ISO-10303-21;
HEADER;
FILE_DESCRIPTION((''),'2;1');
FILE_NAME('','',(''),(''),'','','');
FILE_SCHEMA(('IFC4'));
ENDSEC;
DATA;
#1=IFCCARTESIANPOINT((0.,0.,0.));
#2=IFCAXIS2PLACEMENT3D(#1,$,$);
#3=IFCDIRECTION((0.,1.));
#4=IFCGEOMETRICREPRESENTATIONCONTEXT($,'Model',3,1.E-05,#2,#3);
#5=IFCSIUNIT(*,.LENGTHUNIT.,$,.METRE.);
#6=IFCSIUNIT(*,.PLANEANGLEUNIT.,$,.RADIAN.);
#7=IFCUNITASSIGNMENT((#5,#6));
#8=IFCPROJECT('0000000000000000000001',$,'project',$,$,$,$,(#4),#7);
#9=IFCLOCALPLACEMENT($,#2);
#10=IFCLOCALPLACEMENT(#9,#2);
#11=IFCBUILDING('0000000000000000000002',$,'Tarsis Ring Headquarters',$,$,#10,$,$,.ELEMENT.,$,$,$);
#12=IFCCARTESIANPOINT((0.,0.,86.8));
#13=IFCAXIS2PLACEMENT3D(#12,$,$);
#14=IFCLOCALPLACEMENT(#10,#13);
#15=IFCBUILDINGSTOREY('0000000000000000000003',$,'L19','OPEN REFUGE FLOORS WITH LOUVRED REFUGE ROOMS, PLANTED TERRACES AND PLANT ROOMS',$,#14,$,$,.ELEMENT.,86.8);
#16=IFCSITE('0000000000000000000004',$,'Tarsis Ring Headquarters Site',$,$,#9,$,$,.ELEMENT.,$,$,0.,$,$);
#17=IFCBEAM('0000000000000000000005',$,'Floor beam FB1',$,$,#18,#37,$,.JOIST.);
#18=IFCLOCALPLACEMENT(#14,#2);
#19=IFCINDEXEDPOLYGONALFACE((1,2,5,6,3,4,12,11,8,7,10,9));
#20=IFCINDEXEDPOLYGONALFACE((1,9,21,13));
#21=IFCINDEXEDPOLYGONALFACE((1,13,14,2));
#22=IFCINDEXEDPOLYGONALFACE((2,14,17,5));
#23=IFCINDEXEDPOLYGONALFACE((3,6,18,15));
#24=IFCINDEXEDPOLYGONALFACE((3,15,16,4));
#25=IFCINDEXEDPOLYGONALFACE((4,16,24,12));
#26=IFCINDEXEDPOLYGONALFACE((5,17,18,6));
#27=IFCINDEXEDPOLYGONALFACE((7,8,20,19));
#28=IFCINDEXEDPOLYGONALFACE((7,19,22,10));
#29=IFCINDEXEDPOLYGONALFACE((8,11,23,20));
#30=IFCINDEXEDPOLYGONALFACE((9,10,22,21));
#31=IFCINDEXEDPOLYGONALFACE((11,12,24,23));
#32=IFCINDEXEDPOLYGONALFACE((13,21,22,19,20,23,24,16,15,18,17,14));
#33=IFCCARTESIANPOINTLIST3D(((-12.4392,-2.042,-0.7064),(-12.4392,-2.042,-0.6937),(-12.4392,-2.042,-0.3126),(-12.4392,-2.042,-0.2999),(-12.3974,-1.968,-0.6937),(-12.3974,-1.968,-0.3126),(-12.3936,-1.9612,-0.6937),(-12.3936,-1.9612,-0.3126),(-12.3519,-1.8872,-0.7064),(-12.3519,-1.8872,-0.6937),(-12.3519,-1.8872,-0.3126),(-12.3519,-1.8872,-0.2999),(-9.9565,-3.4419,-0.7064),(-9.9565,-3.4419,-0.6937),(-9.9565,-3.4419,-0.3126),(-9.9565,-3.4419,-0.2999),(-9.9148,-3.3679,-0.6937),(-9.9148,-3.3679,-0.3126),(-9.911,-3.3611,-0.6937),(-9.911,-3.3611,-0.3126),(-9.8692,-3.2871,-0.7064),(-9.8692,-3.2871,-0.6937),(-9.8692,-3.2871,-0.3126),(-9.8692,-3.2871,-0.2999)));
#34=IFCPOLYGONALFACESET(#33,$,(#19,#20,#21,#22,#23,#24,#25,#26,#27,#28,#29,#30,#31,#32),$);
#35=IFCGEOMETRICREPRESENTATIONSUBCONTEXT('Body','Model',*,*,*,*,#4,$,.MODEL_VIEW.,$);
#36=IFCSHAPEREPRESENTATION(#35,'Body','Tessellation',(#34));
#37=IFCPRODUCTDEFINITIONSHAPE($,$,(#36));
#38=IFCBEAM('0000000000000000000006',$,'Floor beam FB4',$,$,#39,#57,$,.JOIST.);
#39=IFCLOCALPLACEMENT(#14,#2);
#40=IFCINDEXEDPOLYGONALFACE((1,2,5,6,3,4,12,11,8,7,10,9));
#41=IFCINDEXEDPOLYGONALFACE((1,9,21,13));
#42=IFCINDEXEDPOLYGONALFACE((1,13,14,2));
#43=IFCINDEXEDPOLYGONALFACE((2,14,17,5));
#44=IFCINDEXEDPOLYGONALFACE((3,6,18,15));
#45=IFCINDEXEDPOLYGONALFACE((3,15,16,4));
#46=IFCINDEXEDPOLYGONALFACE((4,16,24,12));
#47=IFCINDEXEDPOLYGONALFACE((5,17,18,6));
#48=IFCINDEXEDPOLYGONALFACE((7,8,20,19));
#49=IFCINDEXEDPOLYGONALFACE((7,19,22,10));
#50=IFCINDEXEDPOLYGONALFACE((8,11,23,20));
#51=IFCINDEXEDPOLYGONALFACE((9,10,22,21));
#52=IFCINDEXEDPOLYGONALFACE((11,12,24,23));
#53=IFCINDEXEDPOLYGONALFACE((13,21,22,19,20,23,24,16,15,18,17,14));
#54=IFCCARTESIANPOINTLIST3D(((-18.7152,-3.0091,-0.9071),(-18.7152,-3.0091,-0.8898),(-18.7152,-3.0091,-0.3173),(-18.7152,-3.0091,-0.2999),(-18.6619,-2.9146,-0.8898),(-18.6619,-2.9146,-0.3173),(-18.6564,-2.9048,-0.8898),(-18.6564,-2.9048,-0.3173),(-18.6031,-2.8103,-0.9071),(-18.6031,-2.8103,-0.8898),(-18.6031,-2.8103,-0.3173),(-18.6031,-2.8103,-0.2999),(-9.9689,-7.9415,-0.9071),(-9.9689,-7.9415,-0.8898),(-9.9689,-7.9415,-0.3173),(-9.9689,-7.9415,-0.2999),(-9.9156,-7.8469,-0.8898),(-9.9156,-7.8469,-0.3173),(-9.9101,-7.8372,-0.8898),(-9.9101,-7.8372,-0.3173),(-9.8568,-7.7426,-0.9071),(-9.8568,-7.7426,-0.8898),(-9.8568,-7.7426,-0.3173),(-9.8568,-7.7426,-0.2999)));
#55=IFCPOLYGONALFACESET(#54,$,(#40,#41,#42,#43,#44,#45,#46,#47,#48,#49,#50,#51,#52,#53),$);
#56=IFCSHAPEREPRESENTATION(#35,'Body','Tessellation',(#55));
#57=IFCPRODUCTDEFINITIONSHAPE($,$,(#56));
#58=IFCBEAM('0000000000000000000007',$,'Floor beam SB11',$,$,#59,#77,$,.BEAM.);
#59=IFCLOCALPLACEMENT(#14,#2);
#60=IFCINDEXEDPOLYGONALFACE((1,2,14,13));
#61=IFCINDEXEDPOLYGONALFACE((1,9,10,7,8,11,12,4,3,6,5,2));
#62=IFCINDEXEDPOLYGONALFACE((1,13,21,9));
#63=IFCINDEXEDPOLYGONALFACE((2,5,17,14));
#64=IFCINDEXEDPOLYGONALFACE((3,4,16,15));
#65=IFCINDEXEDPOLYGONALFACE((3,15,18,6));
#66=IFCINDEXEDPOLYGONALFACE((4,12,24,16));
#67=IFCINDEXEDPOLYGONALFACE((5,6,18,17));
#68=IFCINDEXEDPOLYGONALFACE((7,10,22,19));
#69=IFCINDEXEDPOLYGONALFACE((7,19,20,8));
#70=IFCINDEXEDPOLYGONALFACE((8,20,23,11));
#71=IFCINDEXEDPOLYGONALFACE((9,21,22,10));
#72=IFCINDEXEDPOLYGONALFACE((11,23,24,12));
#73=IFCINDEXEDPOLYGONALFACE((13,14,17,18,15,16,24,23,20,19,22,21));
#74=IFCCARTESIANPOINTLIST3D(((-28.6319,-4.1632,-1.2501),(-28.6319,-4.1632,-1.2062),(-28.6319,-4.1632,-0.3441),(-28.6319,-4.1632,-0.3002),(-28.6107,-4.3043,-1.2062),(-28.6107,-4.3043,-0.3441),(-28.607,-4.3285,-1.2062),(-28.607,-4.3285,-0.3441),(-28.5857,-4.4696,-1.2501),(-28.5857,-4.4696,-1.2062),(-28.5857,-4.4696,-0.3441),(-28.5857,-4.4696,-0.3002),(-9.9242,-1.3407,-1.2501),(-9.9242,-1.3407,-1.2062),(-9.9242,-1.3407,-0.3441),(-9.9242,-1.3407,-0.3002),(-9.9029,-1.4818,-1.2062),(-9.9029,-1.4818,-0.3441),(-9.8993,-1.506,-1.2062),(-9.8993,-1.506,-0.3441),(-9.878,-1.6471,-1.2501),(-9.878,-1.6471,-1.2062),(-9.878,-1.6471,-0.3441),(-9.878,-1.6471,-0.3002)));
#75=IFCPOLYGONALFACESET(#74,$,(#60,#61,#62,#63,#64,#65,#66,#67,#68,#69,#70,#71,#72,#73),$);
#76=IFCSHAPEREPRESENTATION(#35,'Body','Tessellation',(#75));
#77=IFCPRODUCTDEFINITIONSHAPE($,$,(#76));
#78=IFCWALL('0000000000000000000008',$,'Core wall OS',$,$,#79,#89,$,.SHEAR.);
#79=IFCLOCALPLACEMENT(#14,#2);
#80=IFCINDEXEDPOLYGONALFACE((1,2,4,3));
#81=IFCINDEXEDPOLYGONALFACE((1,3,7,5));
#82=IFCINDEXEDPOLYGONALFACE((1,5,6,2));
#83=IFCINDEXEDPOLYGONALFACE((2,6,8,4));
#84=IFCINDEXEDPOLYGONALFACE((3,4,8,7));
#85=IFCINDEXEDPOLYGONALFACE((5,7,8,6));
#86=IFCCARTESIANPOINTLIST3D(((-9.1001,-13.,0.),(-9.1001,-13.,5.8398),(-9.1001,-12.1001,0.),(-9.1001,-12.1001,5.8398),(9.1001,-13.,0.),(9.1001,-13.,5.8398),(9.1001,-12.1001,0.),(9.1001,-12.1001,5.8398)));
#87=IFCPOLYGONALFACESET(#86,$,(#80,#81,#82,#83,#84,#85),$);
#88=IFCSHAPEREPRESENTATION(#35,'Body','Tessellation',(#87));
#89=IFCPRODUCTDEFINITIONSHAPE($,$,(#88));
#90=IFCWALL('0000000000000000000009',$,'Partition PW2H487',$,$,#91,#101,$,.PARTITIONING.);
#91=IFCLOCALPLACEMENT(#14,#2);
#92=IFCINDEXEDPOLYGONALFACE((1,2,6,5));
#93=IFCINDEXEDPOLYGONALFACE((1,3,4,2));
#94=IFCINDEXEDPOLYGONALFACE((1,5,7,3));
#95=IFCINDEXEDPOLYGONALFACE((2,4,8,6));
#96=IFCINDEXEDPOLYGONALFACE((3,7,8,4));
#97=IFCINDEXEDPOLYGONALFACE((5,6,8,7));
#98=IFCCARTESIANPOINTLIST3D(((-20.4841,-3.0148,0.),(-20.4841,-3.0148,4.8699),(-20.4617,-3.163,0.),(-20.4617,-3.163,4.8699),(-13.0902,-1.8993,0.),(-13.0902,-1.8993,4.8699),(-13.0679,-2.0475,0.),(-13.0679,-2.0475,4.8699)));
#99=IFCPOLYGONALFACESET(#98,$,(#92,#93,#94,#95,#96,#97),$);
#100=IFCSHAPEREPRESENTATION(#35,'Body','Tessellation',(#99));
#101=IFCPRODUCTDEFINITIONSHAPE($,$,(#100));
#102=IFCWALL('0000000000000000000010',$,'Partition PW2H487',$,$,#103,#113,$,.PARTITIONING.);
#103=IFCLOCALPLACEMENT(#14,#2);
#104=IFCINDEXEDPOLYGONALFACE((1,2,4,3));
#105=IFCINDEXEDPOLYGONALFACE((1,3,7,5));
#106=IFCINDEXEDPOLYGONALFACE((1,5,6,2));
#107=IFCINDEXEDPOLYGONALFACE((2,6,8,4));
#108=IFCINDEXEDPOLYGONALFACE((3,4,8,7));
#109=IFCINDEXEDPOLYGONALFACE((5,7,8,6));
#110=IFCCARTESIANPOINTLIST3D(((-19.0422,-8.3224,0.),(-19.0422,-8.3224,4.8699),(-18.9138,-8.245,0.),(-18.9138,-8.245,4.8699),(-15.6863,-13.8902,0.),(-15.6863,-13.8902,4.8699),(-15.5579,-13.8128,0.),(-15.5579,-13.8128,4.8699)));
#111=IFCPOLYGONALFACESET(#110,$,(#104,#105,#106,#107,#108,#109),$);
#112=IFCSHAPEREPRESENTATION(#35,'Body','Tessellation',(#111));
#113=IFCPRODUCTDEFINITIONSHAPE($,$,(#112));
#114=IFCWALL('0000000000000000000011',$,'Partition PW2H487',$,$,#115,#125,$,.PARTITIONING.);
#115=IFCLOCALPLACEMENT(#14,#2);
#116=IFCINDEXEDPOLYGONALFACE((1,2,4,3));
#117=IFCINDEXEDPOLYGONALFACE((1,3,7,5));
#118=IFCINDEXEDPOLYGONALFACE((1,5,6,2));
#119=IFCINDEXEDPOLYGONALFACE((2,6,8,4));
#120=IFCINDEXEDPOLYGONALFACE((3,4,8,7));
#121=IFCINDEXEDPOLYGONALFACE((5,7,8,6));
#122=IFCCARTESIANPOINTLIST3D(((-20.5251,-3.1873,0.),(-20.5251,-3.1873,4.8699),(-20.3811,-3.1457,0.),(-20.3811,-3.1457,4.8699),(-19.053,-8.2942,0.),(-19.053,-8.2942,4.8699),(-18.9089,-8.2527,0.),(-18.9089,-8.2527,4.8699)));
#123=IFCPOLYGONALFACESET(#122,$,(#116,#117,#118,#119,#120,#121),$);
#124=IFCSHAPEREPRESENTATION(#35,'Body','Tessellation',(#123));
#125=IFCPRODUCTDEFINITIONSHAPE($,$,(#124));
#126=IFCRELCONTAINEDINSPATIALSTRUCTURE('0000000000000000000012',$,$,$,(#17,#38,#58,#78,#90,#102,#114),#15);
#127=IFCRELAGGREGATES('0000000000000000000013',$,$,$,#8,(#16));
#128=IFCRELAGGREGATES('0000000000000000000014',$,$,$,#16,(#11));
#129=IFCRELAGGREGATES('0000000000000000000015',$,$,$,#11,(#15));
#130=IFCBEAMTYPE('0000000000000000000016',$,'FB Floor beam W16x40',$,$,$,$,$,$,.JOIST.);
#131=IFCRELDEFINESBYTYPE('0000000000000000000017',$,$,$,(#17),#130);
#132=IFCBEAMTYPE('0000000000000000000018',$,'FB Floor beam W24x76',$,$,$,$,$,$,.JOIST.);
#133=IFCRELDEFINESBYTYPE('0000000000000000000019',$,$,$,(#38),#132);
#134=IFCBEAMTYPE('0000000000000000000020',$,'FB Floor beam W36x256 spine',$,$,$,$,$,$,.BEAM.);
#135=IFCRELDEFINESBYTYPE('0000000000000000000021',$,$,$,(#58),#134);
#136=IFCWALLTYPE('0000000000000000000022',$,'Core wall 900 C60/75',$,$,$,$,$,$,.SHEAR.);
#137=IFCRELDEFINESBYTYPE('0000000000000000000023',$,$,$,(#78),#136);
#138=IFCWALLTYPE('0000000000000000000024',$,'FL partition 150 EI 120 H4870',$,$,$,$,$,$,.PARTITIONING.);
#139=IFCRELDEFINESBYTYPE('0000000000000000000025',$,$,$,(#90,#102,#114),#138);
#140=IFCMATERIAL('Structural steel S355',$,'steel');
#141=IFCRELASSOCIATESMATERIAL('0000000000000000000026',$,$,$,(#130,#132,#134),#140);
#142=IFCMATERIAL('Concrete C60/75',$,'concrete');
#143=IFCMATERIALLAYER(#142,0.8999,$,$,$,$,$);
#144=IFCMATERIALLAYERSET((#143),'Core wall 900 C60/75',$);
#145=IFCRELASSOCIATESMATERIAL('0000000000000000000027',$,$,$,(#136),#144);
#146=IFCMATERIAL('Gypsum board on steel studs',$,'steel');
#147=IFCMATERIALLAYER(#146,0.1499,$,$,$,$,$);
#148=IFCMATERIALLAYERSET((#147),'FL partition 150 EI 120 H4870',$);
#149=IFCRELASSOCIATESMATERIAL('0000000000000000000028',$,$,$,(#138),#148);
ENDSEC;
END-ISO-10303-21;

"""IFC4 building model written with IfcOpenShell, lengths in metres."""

from ifc_helpers import new_model, si_unit, direction, frame, frame_2d, origin, origin_2d, place, context, subcontext, project, spatial, rectangle, i_section, extrude, material, layer, layer_set, material_profile, profile_set, type_object, element, save


model = new_model("IFC4")

# Units and contexts
model_context = context("Model", 3, precision=1e-05, world=origin(), true_north=direction((0.0, 1.0)))
body_context = subcontext(model_context, "Body", "Model", "MODEL_VIEW")
ifc_project = project(units=[si_unit("LENGTHUNIT", "METRE"), si_unit("PLANEANGLEUNIT", "RADIAN")], contexts=[model_context])

# Site, building, storey
site_placement = place(None, origin())
site = spatial("IfcSite", under=ifc_project, at=site_placement, Name="Tarsis Ring Headquarters Site", CompositionType="ELEMENT", RefElevation=0.0)
building_placement = place(site_placement, origin())
building = spatial("IfcBuilding", under=site, at=building_placement, Name="Tarsis Ring Headquarters", CompositionType="ELEMENT")
storey_placement = place(building_placement, frame((0.0, 0.0, 86.8)))
storey = spatial("IfcBuildingStorey", under=building, at=storey_placement, Name="L19", Description="OPEN REFUGE FLOORS WITH LOUVRED REFUGE ROOMS, PLANTED TERRACES AND PLANT ROOMS", CompositionType="ELEMENT", Elevation=86.8)

# Beams
ifc_material_1 = material(Name="Structural steel S355", Category="steel")
ifc_material_profile_1 = material_profile(ifc_material_1, i_section(OverallWidth=0.1777, OverallDepth=0.4065, WebThickness=0.0078, FlangeThickness=0.0127, at=origin_2d()), Name="W16x40")
ifc_profile_set_1 = profile_set([ifc_material_profile_1], Name="Structural steel S355")
beam_type_1 = type_object("IfcBeamType", Name="FB Floor beam W16x40", PredefinedType="JOIST", material=ifc_profile_set_1)
beam_1_placement = place(storey_placement, frame((-12.3955, -1.9646, -0.5032), z_axis=(0.871065, -0.491168, 0.0), x_axis=(0.491168, 0.871065, 0.0)))
element("IfcBeam", 1, at=beam_1_placement, inside=storey, type_object=beam_type_1, Name="Floor beam FB1", PredefinedType="JOIST", context=body_context, shape_type="SweptSolid", body=[
    extrude(i_section(OverallWidth=0.1777, OverallDepth=0.4065, WebThickness=0.0078, FlangeThickness=0.0127, at=origin_2d()), origin(), (0.0, 0.0, 1.0), 2.8501),
])
ifc_material_profile_2 = material_profile(ifc_material_1, i_section(OverallWidth=0.2283, OverallDepth=0.6072, WebThickness=0.0112, FlangeThickness=0.0173, at=origin_2d()), Name="W24x76")
ifc_profile_set_2 = profile_set([ifc_material_profile_2], Name="Structural steel S355")
beam_type_2 = type_object("IfcBeamType", Name="FB Floor beam W24x76", PredefinedType="JOIST", material=ifc_profile_set_2)
beam_2_placement = place(storey_placement, frame((-18.6592, -2.9097, -0.6035), z_axis=(0.871041, -0.491211, 0.0), x_axis=(0.491211, 0.871041, 0.0)))
element("IfcBeam", 2, at=beam_2_placement, inside=storey, type_object=beam_type_2, Name="Floor beam FB4", PredefinedType="JOIST", context=body_context, shape_type="SweptSolid", body=[
    extrude(i_section(OverallWidth=0.2283, OverallDepth=0.6072, WebThickness=0.0112, FlangeThickness=0.0173, at=origin_2d()), origin(), (0.0, 0.0, 1.0), 10.0413),
])
ifc_material_profile_3 = material_profile(ifc_material_1, i_section(OverallWidth=0.3098, OverallDepth=0.95, WebThickness=0.0244, FlangeThickness=0.0439, at=origin_2d()), Name="W36x256")
ifc_profile_set_3 = profile_set([ifc_material_profile_3], Name="Structural steel S355")
beam_type_3 = type_object("IfcBeamType", Name="FB Floor beam W36x256 spine", PredefinedType="BEAM", material=ifc_profile_set_3)
beam_3_placement = place(storey_placement, frame((-9.9011, -1.4939, -0.7751), z_axis=(-0.988809, -0.149185, 0.0), x_axis=(0.149185, -0.988809, 0.0)))
element("IfcBeam", 3, at=beam_3_placement, inside=storey, type_object=beam_type_3, Name="Floor beam SB11", PredefinedType="BEAM", context=body_context, shape_type="SweptSolid", body=[
    extrude(i_section(OverallWidth=0.3098, OverallDepth=0.95, WebThickness=0.0244, FlangeThickness=0.0439, at=origin_2d()), origin(), (0.0, 0.0, 1.0), 18.9194),
])

# Walls
ifc_material_2 = material(Name="Concrete C60/75", Category="concrete")
ifc_layer_1 = layer(ifc_material_2, 0.8999)
ifc_layer_set_1 = layer_set([ifc_layer_1], Name="Core wall 900 C60/75")
wall_type_1 = type_object("IfcWallType", Name="Core wall 900 C60/75", PredefinedType="SHEAR", material=ifc_layer_set_1)
wall_1_placement = place(storey_placement, frame((-9.1001, -12.55, 0.0), z_axis=(0.0, 0.0, 1.0), x_axis=(1.0, 0.0, 0.0)))
element("IfcWall", 4, at=wall_1_placement, inside=storey, type_object=wall_type_1, Name="Core wall OS", PredefinedType="SHEAR", context=body_context, shape_type="SweptSolid", body=[
    extrude(rectangle(XDim=18.2002, YDim=0.8999, at=frame_2d((9.1001, 0.0))), origin(), (0.0, 0.0, 1.0), 5.8398),
])
ifc_material_3 = material(Name="Gypsum board on steel studs", Category="steel")
ifc_layer_2 = layer(ifc_material_3, 0.1499)
ifc_layer_set_2 = layer_set([ifc_layer_2], Name="FL partition 150 EI 120 H4870")
wall_type_2 = type_object("IfcWallType", Name="FL partition 150 EI 120 H4870", PredefinedType="PARTITIONING", material=ifc_layer_set_2)
wall_2_placement = place(storey_placement, frame((-20.4729, -3.0889, 0.0), z_axis=(0.0, 0.0, 1.0), x_axis=(0.98881, 0.149179, 0.0)))
element("IfcWall", 5, at=wall_2_placement, inside=storey, type_object=wall_type_2, Name="Partition PW2H487", PredefinedType="PARTITIONING", context=body_context, shape_type="SweptSolid", body=[
    extrude(rectangle(XDim=7.4775, YDim=0.1499, at=frame_2d((3.7388, 0.0))), origin(), (0.0, 0.0, 1.0), 4.8699),
])
wall_3_placement = place(storey_placement, frame((-18.978, -8.2837, 0.0), z_axis=(0.0, 0.0, 1.0), x_axis=(0.516218, -0.856457, 0.0)))
element("IfcWall", 6, at=wall_3_placement, inside=storey, type_object=wall_type_2, Name="Partition PW2H487", PredefinedType="PARTITIONING", context=body_context, shape_type="SweptSolid", body=[
    extrude(rectangle(XDim=6.501, YDim=0.1499, at=frame_2d((3.2505, 0.0))), origin(), (0.0, 0.0, 1.0), 4.8699),
])
wall_4_placement = place(storey_placement, frame((-20.4531, -3.1665, 0.0), z_axis=(0.0, 0.0, 1.0), x_axis=(0.276989, -0.960873, 0.0)))
element("IfcWall", 7, at=wall_4_placement, inside=storey, type_object=wall_type_2, Name="Partition PW2H487", PredefinedType="PARTITIONING", context=body_context, shape_type="SweptSolid", body=[
    extrude(rectangle(XDim=5.3149, YDim=0.1499, at=frame_2d((2.6575, 0.0))), origin(), (0.0, 0.0, 1.0), 4.8699),
])

save(model, "model.ifc")
